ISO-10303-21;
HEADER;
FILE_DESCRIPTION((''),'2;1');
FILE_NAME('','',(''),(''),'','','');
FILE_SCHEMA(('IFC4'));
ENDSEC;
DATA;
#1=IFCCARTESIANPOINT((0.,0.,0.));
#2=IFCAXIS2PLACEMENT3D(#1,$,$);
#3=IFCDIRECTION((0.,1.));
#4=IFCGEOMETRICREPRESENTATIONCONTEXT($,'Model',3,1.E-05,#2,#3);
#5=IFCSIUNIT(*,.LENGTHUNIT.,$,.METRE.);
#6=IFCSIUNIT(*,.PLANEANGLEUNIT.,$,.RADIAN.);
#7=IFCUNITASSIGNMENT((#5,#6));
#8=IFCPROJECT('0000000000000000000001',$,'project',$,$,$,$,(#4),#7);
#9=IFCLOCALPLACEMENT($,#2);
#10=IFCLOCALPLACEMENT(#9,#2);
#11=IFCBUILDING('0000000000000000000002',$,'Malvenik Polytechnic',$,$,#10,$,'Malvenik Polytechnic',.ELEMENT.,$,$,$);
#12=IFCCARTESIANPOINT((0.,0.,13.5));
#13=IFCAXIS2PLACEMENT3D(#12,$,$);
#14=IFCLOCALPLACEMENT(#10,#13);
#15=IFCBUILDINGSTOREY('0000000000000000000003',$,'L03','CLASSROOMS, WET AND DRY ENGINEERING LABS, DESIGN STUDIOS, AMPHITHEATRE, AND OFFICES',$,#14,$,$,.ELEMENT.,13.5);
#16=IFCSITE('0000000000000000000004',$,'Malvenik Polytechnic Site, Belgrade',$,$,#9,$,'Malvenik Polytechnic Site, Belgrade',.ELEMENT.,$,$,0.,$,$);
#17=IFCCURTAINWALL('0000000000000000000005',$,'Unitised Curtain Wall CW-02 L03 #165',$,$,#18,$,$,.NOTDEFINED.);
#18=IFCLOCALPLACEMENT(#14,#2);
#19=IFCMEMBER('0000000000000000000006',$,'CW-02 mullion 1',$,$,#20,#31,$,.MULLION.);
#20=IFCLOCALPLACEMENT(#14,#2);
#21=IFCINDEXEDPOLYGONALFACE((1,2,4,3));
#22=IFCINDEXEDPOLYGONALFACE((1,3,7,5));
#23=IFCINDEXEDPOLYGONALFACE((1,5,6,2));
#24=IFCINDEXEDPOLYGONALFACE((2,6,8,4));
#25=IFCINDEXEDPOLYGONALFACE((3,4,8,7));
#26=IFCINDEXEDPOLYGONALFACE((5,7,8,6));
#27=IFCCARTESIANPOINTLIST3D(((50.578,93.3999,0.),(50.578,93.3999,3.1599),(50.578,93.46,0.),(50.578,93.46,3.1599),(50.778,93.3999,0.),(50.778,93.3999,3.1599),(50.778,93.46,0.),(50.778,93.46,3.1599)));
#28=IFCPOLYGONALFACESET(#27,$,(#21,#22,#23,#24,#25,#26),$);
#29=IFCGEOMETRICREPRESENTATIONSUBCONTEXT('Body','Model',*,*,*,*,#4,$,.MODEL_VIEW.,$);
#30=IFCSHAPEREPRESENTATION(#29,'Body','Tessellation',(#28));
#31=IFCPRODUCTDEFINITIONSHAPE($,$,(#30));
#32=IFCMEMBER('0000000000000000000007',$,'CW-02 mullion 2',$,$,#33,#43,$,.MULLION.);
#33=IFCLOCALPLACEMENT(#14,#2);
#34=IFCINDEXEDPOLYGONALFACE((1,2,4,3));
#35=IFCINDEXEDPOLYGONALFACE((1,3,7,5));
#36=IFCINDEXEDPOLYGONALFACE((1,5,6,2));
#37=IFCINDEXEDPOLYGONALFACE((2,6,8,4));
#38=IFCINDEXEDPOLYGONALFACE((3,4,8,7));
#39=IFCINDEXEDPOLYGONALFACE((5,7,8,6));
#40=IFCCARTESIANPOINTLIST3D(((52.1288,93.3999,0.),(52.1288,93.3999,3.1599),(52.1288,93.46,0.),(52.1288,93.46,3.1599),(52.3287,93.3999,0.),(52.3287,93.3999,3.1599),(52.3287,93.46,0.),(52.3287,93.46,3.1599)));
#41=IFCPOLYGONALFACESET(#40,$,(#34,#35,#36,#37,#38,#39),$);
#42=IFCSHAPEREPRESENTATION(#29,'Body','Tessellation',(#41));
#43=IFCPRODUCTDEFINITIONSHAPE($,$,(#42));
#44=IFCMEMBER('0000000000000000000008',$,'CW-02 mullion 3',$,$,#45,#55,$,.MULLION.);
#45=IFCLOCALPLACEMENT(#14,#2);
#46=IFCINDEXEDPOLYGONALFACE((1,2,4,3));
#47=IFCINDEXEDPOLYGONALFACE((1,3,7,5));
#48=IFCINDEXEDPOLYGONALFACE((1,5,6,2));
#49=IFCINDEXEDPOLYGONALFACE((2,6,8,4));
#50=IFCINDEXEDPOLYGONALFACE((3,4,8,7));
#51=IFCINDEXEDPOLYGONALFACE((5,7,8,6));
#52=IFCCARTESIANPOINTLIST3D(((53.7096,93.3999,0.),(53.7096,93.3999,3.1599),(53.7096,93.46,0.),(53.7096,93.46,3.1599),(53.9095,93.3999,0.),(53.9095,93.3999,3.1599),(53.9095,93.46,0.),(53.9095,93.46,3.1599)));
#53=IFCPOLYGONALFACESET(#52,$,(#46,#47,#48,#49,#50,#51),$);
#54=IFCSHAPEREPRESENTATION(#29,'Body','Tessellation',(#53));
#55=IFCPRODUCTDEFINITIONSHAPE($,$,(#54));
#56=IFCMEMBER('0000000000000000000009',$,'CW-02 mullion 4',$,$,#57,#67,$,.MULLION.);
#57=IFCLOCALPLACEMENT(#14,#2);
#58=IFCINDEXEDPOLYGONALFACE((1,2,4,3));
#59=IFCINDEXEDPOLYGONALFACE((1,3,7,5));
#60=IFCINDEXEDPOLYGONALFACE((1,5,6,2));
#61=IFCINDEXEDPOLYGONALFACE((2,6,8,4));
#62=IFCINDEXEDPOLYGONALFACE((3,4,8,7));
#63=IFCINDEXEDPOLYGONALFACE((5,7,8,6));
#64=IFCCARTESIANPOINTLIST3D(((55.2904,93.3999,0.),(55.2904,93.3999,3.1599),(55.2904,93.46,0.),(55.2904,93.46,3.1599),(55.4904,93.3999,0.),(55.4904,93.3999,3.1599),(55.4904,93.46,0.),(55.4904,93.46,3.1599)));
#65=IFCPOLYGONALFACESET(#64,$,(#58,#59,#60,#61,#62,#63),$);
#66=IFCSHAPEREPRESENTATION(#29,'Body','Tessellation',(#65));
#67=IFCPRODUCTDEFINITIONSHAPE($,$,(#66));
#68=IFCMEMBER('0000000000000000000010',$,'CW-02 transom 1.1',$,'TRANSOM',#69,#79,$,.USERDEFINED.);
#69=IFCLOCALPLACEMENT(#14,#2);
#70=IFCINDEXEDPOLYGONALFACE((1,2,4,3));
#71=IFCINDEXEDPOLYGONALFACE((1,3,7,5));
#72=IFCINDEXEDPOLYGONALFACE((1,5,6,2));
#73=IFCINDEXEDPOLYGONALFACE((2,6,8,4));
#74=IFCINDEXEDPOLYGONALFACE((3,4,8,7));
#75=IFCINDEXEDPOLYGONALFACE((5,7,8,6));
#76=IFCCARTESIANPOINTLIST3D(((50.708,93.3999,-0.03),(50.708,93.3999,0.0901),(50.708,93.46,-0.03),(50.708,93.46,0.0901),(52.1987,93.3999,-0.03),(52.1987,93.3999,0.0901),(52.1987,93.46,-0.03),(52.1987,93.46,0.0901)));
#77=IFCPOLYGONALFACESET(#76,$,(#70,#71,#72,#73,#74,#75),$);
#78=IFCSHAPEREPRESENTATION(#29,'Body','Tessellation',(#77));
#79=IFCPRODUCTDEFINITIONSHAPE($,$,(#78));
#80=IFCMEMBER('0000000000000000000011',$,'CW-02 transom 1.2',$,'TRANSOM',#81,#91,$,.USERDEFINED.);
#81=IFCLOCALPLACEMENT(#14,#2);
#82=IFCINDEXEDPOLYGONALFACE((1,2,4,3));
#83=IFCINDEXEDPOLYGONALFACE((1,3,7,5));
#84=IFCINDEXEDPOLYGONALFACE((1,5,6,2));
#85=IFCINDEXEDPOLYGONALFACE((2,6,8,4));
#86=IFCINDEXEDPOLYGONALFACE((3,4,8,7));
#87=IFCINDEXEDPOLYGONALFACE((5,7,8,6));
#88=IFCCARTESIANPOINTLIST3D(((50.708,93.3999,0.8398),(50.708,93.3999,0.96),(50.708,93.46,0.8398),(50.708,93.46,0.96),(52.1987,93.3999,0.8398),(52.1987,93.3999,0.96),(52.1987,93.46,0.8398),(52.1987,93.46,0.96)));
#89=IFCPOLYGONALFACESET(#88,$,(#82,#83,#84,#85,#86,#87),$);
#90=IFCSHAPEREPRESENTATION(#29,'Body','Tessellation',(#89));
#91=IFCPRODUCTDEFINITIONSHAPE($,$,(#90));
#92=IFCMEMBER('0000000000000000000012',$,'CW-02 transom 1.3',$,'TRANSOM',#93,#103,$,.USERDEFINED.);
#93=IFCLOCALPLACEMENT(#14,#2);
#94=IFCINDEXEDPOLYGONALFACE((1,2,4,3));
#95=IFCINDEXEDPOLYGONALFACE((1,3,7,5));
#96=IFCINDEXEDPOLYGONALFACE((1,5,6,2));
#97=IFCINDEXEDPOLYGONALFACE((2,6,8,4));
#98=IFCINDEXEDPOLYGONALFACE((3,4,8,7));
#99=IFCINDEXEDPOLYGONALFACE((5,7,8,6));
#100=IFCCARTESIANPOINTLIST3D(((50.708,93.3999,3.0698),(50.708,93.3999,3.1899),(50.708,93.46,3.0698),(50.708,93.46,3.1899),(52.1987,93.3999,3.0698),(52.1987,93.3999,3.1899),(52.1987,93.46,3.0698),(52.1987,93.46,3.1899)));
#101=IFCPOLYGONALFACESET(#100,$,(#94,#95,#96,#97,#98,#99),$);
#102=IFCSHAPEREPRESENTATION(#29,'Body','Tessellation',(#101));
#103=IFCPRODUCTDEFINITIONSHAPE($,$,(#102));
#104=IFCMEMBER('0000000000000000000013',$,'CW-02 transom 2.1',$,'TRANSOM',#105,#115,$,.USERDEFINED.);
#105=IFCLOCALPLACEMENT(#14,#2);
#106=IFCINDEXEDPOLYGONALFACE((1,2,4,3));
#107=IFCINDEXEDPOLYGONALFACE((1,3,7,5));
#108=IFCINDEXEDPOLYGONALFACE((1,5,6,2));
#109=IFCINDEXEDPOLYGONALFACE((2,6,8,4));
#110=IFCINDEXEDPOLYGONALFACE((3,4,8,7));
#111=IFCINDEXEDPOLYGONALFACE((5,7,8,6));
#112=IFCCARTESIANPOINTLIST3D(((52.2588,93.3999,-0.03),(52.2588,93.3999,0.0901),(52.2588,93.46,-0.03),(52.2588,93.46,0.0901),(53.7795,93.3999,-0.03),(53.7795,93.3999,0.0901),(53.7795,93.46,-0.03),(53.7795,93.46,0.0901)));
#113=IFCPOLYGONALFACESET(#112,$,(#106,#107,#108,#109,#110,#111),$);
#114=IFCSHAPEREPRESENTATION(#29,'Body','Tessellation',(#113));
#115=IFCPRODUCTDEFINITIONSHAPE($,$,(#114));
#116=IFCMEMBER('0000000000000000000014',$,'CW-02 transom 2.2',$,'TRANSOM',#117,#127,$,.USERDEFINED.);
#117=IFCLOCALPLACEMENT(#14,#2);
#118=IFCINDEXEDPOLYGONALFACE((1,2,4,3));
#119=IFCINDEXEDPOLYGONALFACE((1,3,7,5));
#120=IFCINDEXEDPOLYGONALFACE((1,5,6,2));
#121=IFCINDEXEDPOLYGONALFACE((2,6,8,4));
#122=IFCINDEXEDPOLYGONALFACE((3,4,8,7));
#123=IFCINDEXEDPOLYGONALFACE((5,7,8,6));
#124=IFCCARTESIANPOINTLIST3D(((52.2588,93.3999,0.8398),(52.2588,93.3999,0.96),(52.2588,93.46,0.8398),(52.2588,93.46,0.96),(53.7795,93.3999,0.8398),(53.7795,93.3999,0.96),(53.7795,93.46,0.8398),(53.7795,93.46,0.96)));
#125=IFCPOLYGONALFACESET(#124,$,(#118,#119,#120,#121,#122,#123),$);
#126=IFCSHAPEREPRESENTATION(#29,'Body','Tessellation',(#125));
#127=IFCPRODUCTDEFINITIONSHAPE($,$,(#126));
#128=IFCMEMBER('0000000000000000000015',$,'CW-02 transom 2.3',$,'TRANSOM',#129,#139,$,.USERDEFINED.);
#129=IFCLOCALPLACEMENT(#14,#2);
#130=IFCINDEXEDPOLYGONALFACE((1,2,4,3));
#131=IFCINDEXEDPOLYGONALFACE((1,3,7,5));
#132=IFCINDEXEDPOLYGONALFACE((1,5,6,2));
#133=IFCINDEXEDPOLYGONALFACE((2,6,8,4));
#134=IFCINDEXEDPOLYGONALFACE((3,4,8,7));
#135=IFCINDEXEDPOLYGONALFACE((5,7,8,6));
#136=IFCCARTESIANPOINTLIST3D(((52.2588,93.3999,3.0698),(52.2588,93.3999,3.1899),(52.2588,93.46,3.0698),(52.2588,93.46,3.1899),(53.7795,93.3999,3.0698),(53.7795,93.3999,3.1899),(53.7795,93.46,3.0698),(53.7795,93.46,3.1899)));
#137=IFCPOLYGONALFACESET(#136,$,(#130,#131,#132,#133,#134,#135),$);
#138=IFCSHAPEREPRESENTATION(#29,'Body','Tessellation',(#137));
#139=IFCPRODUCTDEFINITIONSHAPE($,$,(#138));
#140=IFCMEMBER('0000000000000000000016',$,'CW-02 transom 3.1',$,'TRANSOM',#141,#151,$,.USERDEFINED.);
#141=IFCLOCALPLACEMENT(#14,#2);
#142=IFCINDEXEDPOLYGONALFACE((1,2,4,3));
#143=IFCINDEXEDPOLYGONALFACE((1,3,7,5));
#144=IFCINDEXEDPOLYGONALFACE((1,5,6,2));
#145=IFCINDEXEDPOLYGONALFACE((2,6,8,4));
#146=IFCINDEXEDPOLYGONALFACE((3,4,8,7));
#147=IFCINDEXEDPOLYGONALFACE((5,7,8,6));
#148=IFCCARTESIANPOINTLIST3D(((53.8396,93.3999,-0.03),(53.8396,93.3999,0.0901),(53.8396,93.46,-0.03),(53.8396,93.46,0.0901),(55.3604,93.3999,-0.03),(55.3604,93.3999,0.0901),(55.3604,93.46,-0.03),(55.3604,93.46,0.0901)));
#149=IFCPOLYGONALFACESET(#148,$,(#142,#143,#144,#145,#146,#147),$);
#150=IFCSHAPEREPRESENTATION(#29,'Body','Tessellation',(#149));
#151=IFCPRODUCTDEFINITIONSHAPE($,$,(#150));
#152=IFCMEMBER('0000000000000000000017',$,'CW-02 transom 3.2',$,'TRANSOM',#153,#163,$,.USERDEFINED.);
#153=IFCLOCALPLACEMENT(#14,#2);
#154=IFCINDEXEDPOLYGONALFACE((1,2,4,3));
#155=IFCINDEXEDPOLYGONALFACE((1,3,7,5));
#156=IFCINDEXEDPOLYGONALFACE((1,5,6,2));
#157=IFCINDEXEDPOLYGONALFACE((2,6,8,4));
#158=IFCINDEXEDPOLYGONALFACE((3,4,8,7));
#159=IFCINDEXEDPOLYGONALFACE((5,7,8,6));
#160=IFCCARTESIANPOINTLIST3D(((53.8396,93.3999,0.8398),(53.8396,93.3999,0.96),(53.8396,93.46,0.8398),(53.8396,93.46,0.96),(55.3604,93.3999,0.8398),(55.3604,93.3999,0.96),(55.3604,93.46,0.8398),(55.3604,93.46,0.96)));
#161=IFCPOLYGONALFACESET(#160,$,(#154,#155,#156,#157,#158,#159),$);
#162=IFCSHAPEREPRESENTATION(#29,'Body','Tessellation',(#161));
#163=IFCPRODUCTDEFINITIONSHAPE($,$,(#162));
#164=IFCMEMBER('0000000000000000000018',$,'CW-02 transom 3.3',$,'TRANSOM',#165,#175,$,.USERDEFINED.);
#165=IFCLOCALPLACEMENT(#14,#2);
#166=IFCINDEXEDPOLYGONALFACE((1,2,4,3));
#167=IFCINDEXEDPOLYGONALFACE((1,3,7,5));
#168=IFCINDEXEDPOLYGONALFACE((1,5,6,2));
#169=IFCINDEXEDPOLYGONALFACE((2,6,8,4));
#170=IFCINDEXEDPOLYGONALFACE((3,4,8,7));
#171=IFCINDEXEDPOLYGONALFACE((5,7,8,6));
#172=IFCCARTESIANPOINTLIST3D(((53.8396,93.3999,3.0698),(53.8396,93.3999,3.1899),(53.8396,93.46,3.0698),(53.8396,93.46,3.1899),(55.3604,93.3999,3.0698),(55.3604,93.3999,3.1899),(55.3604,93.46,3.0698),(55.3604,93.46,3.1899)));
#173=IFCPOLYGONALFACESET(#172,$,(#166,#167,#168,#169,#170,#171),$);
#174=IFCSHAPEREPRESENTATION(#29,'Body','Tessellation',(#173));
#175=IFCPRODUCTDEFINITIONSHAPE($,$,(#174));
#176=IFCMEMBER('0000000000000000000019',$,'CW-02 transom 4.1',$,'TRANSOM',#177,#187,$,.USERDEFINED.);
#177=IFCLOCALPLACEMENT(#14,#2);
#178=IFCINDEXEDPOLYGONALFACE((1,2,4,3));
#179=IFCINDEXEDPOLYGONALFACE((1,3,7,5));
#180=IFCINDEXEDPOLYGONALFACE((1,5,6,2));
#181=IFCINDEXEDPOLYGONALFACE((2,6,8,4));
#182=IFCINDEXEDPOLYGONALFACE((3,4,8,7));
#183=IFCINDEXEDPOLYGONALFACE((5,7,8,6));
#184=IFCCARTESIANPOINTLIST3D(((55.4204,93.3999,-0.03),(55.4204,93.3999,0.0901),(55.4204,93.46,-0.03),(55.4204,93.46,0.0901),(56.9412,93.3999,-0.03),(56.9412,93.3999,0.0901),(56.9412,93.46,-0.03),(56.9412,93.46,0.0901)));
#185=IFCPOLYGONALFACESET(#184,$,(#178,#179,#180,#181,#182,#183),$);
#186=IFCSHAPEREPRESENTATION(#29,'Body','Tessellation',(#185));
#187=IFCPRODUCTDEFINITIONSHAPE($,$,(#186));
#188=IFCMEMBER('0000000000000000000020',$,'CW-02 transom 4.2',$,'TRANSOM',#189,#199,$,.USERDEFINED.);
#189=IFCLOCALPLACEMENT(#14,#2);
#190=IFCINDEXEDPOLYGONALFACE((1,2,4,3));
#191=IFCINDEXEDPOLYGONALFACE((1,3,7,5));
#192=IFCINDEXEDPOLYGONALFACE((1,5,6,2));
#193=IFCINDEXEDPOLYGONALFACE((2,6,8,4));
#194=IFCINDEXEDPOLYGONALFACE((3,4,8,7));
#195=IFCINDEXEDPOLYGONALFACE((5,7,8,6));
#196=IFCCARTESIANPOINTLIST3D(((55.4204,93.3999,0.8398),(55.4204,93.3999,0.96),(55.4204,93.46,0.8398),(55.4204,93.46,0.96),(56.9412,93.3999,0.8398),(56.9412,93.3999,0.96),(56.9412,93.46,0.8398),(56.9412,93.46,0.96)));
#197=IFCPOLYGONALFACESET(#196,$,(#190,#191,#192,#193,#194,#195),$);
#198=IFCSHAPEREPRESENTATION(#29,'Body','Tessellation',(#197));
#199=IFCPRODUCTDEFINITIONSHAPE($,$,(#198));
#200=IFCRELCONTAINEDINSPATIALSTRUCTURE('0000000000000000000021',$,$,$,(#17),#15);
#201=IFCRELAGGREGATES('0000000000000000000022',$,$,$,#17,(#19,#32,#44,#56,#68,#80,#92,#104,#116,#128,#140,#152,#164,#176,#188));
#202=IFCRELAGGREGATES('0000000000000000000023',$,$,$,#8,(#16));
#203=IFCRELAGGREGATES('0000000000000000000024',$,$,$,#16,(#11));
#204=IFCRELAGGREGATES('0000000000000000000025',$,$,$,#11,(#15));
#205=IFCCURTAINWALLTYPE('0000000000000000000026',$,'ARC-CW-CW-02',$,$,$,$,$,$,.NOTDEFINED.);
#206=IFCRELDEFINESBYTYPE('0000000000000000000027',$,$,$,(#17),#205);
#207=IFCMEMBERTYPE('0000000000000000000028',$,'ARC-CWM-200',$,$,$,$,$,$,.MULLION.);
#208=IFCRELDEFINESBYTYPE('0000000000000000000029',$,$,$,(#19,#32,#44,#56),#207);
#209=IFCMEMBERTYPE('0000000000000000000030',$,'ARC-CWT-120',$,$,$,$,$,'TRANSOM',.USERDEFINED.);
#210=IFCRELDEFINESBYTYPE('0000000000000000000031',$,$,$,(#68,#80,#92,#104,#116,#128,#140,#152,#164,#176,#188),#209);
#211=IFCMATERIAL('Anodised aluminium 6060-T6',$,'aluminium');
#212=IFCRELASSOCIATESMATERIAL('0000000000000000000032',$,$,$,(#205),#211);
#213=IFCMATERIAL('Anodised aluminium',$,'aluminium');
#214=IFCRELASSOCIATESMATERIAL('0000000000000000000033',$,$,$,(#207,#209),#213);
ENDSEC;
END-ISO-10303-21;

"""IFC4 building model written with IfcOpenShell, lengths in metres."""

from ifc_helpers import new_model, si_unit, direction, frame, origin, origin_2d, place, context, subcontext, project, spatial, rectangle, extrude, material, material_profile, profile_set, type_object, element, aggregate, save


model = new_model("IFC4")

# Units and contexts
model_context = context("Model", 3, precision=1e-05, world=origin(), true_north=direction((0.0, 1.0)))
body_context = subcontext(model_context, "Body", "Model", "MODEL_VIEW")
ifc_project = project(units=[si_unit("LENGTHUNIT", "METRE"), si_unit("PLANEANGLEUNIT", "RADIAN")], contexts=[model_context])

# Site, building, storey
site_placement = place(None, origin())
site = spatial("IfcSite", under=ifc_project, at=site_placement, Name="Malvenik Polytechnic Site, Belgrade", LongName="Malvenik Polytechnic Site, Belgrade", CompositionType="ELEMENT", RefElevation=0.0)
building_placement = place(site_placement, origin())
building = spatial("IfcBuilding", under=site, at=building_placement, Name="Malvenik Polytechnic", LongName="Malvenik Polytechnic", CompositionType="ELEMENT")
storey_placement = place(building_placement, frame((0.0, 0.0, 13.5)))
storey = spatial("IfcBuildingStorey", under=building, at=storey_placement, Name="L03", Description="CLASSROOMS, WET AND DRY ENGINEERING LABS, DESIGN STUDIOS, AMPHITHEATRE, AND OFFICES", CompositionType="ELEMENT", Elevation=13.5)

# Curtain wall, members
ifc_material_1 = material(Name="Anodised aluminium 6060-T6", Category="aluminium")
curtain_wall_type = type_object("IfcCurtainWallType", Name="ARC-CW-CW-02", PredefinedType="NOTDEFINED", material=ifc_material_1)
curtain_wall_placement = place(storey_placement, origin())
curtain_wall = element("IfcCurtainWall", 1, at=curtain_wall_placement, inside=storey, type_object=curtain_wall_type, Name="Unitised Curtain Wall CW-02 L03 #165", PredefinedType="NOTDEFINED")
ifc_material_2 = material(Name="Anodised aluminium", Category="aluminium")
ifc_material_profile_1 = material_profile(ifc_material_2, rectangle(XDim=0.0601, YDim=0.2, at=origin_2d()), Name="ALU MULLION 60x200")
ifc_profile_set_1 = profile_set([ifc_material_profile_1], Name="Anodised aluminium")
member_type_1 = type_object("IfcMemberType", Name="ARC-CWM-200", PredefinedType="MULLION", material=ifc_profile_set_1)
member_1_placement = place(storey_placement, frame((50.678, 93.4299, 0.0), z_axis=(0.0, 0.0, 1.0), x_axis=(0.0, 1.0, 0.0)))
member_1 = element("IfcMember", 2, at=member_1_placement, type_object=member_type_1, Name="CW-02 mullion 1", PredefinedType="MULLION", context=body_context, shape_type="SweptSolid", body=[
    extrude(rectangle(XDim=0.0601, YDim=0.2, at=origin_2d()), origin(), (0.0, 0.0, 1.0), 3.1599),
])
member_2_placement = place(storey_placement, frame((52.2288, 93.4299, 0.0), z_axis=(0.0, 0.0, 1.0), x_axis=(0.0, 1.0, 0.0)))
member_2 = element("IfcMember", 3, at=member_2_placement, type_object=member_type_1, Name="CW-02 mullion 2", PredefinedType="MULLION", context=body_context, shape_type="SweptSolid", body=[
    extrude(rectangle(XDim=0.0601, YDim=0.2, at=origin_2d()), origin(), (0.0, 0.0, 1.0), 3.1599),
])
member_3_placement = place(storey_placement, frame((53.8096, 93.4299, 0.0), z_axis=(0.0, 0.0, 1.0), x_axis=(0.0, 1.0, 0.0)))
member_3 = element("IfcMember", 4, at=member_3_placement, type_object=member_type_1, Name="CW-02 mullion 3", PredefinedType="MULLION", context=body_context, shape_type="SweptSolid", body=[
    extrude(rectangle(XDim=0.0601, YDim=0.2, at=origin_2d()), origin(), (0.0, 0.0, 1.0), 3.1599),
])
member_4_placement = place(storey_placement, frame((55.3904, 93.4299, 0.0), z_axis=(0.0, 0.0, 1.0), x_axis=(0.0, 1.0, 0.0)))
member_4 = element("IfcMember", 5, at=member_4_placement, type_object=member_type_1, Name="CW-02 mullion 4", PredefinedType="MULLION", context=body_context, shape_type="SweptSolid", body=[
    extrude(rectangle(XDim=0.0601, YDim=0.2, at=origin_2d()), origin(), (0.0, 0.0, 1.0), 3.1599),
])
ifc_material_profile_2 = material_profile(ifc_material_2, rectangle(XDim=0.0601, YDim=0.1201, at=origin_2d()), Name="ALU TRANSOM 60x120")
ifc_profile_set_2 = profile_set([ifc_material_profile_2], Name="Anodised aluminium")
member_type_2 = type_object("IfcMemberType", Name="ARC-CWT-120", ElementType="TRANSOM", PredefinedType="USERDEFINED", material=ifc_profile_set_2)
member_5_placement = place(storey_placement, frame((50.708, 93.4299, 0.03), z_axis=(1.0, 0.0, 0.0), x_axis=(0.0, 1.0, 0.0)))
member_5 = element("IfcMember", 6, at=member_5_placement, type_object=member_type_2, Name="CW-02 transom 1.1", ObjectType="TRANSOM", PredefinedType="USERDEFINED", context=body_context, shape_type="SweptSolid", body=[
    extrude(rectangle(XDim=0.0601, YDim=0.1201, at=origin_2d()), origin(), (0.0, 0.0, 1.0), 1.4907),
])
member_6_placement = place(storey_placement, frame((50.708, 93.4299, 0.8999), z_axis=(1.0, 0.0, 0.0), x_axis=(0.0, 1.0, 0.0)))
member_6 = element("IfcMember", 7, at=member_6_placement, type_object=member_type_2, Name="CW-02 transom 1.2", ObjectType="TRANSOM", PredefinedType="USERDEFINED", context=body_context, shape_type="SweptSolid", body=[
    extrude(rectangle(XDim=0.0601, YDim=0.1201, at=origin_2d()), origin(), (0.0, 0.0, 1.0), 1.4907),
])
member_7_placement = place(storey_placement, frame((50.708, 93.4299, 3.1299), z_axis=(1.0, 0.0, 0.0), x_axis=(0.0, 1.0, 0.0)))
member_7 = element("IfcMember", 8, at=member_7_placement, type_object=member_type_2, Name="CW-02 transom 1.3", ObjectType="TRANSOM", PredefinedType="USERDEFINED", context=body_context, shape_type="SweptSolid", body=[
    extrude(rectangle(XDim=0.0601, YDim=0.1201, at=origin_2d()), origin(), (0.0, 0.0, 1.0), 1.4907),
])
member_8_placement = place(storey_placement, frame((52.2588, 93.4299, 0.03), z_axis=(1.0, 0.0, 0.0), x_axis=(0.0, 1.0, 0.0)))
member_8 = element("IfcMember", 9, at=member_8_placement, type_object=member_type_2, Name="CW-02 transom 2.1", ObjectType="TRANSOM", PredefinedType="USERDEFINED", context=body_context, shape_type="SweptSolid", body=[
    extrude(rectangle(XDim=0.0601, YDim=0.1201, at=origin_2d()), origin(), (0.0, 0.0, 1.0), 1.5208),
])
member_9_placement = place(storey_placement, frame((52.2588, 93.4299, 0.8999), z_axis=(1.0, 0.0, 0.0), x_axis=(0.0, 1.0, 0.0)))
member_9 = element("IfcMember", 10, at=member_9_placement, type_object=member_type_2, Name="CW-02 transom 2.2", ObjectType="TRANSOM", PredefinedType="USERDEFINED", context=body_context, shape_type="SweptSolid", body=[
    extrude(rectangle(XDim=0.0601, YDim=0.1201, at=origin_2d()), origin(), (0.0, 0.0, 1.0), 1.5208),
])
member_10_placement = place(storey_placement, frame((52.2588, 93.4299, 3.1299), z_axis=(1.0, 0.0, 0.0), x_axis=(0.0, 1.0, 0.0)))
member_10 = element("IfcMember", 11, at=member_10_placement, type_object=member_type_2, Name="CW-02 transom 2.3", ObjectType="TRANSOM", PredefinedType="USERDEFINED", context=body_context, shape_type="SweptSolid", body=[
    extrude(rectangle(XDim=0.0601, YDim=0.1201, at=origin_2d()), origin(), (0.0, 0.0, 1.0), 1.5208),
])
member_11_placement = place(storey_placement, frame((53.8396, 93.4299, 0.03), z_axis=(1.0, 0.0, 0.0), x_axis=(0.0, 1.0, 0.0)))
member_11 = element("IfcMember", 12, at=member_11_placement, type_object=member_type_2, Name="CW-02 transom 3.1", ObjectType="TRANSOM", PredefinedType="USERDEFINED", context=body_context, shape_type="SweptSolid", body=[
    extrude(rectangle(XDim=0.0601, YDim=0.1201, at=origin_2d()), origin(), (0.0, 0.0, 1.0), 1.5208),
])
member_12_placement = place(storey_placement, frame((53.8396, 93.4299, 0.8999), z_axis=(1.0, 0.0, 0.0), x_axis=(0.0, 1.0, 0.0)))
member_12 = element("IfcMember", 13, at=member_12_placement, type_object=member_type_2, Name="CW-02 transom 3.2", ObjectType="TRANSOM", PredefinedType="USERDEFINED", context=body_context, shape_type="SweptSolid", body=[
    extrude(rectangle(XDim=0.0601, YDim=0.1201, at=origin_2d()), origin(), (0.0, 0.0, 1.0), 1.5208),
])
member_13_placement = place(storey_placement, frame((53.8396, 93.4299, 3.1299), z_axis=(1.0, 0.0, 0.0), x_axis=(0.0, 1.0, 0.0)))
member_13 = element("IfcMember", 14, at=member_13_placement, type_object=member_type_2, Name="CW-02 transom 3.3", ObjectType="TRANSOM", PredefinedType="USERDEFINED", context=body_context, shape_type="SweptSolid", body=[
    extrude(rectangle(XDim=0.0601, YDim=0.1201, at=origin_2d()), origin(), (0.0, 0.0, 1.0), 1.5208),
])
member_14_placement = place(storey_placement, frame((55.4204, 93.4299, 0.03), z_axis=(1.0, 0.0, 0.0), x_axis=(0.0, 1.0, 0.0)))
member_14 = element("IfcMember", 15, at=member_14_placement, type_object=member_type_2, Name="CW-02 transom 4.1", ObjectType="TRANSOM", PredefinedType="USERDEFINED", context=body_context, shape_type="SweptSolid", body=[
    extrude(rectangle(XDim=0.0601, YDim=0.1201, at=origin_2d()), origin(), (0.0, 0.0, 1.0), 1.5208),
])
member_15_placement = place(storey_placement, frame((55.4204, 93.4299, 0.8999), z_axis=(1.0, 0.0, 0.0), x_axis=(0.0, 1.0, 0.0)))
member_15 = element("IfcMember", 16, at=member_15_placement, type_object=member_type_2, Name="CW-02 transom 4.2", ObjectType="TRANSOM", PredefinedType="USERDEFINED", context=body_context, shape_type="SweptSolid", body=[
    extrude(rectangle(XDim=0.0601, YDim=0.1201, at=origin_2d()), origin(), (0.0, 0.0, 1.0), 1.5208),
])

aggregate(curtain_wall, [member_1, member_2, member_3, member_4, member_5, member_6, member_7, member_8, member_9, member_10, member_11, member_12, member_13, member_14, member_15])

save(model, "model.ifc")
